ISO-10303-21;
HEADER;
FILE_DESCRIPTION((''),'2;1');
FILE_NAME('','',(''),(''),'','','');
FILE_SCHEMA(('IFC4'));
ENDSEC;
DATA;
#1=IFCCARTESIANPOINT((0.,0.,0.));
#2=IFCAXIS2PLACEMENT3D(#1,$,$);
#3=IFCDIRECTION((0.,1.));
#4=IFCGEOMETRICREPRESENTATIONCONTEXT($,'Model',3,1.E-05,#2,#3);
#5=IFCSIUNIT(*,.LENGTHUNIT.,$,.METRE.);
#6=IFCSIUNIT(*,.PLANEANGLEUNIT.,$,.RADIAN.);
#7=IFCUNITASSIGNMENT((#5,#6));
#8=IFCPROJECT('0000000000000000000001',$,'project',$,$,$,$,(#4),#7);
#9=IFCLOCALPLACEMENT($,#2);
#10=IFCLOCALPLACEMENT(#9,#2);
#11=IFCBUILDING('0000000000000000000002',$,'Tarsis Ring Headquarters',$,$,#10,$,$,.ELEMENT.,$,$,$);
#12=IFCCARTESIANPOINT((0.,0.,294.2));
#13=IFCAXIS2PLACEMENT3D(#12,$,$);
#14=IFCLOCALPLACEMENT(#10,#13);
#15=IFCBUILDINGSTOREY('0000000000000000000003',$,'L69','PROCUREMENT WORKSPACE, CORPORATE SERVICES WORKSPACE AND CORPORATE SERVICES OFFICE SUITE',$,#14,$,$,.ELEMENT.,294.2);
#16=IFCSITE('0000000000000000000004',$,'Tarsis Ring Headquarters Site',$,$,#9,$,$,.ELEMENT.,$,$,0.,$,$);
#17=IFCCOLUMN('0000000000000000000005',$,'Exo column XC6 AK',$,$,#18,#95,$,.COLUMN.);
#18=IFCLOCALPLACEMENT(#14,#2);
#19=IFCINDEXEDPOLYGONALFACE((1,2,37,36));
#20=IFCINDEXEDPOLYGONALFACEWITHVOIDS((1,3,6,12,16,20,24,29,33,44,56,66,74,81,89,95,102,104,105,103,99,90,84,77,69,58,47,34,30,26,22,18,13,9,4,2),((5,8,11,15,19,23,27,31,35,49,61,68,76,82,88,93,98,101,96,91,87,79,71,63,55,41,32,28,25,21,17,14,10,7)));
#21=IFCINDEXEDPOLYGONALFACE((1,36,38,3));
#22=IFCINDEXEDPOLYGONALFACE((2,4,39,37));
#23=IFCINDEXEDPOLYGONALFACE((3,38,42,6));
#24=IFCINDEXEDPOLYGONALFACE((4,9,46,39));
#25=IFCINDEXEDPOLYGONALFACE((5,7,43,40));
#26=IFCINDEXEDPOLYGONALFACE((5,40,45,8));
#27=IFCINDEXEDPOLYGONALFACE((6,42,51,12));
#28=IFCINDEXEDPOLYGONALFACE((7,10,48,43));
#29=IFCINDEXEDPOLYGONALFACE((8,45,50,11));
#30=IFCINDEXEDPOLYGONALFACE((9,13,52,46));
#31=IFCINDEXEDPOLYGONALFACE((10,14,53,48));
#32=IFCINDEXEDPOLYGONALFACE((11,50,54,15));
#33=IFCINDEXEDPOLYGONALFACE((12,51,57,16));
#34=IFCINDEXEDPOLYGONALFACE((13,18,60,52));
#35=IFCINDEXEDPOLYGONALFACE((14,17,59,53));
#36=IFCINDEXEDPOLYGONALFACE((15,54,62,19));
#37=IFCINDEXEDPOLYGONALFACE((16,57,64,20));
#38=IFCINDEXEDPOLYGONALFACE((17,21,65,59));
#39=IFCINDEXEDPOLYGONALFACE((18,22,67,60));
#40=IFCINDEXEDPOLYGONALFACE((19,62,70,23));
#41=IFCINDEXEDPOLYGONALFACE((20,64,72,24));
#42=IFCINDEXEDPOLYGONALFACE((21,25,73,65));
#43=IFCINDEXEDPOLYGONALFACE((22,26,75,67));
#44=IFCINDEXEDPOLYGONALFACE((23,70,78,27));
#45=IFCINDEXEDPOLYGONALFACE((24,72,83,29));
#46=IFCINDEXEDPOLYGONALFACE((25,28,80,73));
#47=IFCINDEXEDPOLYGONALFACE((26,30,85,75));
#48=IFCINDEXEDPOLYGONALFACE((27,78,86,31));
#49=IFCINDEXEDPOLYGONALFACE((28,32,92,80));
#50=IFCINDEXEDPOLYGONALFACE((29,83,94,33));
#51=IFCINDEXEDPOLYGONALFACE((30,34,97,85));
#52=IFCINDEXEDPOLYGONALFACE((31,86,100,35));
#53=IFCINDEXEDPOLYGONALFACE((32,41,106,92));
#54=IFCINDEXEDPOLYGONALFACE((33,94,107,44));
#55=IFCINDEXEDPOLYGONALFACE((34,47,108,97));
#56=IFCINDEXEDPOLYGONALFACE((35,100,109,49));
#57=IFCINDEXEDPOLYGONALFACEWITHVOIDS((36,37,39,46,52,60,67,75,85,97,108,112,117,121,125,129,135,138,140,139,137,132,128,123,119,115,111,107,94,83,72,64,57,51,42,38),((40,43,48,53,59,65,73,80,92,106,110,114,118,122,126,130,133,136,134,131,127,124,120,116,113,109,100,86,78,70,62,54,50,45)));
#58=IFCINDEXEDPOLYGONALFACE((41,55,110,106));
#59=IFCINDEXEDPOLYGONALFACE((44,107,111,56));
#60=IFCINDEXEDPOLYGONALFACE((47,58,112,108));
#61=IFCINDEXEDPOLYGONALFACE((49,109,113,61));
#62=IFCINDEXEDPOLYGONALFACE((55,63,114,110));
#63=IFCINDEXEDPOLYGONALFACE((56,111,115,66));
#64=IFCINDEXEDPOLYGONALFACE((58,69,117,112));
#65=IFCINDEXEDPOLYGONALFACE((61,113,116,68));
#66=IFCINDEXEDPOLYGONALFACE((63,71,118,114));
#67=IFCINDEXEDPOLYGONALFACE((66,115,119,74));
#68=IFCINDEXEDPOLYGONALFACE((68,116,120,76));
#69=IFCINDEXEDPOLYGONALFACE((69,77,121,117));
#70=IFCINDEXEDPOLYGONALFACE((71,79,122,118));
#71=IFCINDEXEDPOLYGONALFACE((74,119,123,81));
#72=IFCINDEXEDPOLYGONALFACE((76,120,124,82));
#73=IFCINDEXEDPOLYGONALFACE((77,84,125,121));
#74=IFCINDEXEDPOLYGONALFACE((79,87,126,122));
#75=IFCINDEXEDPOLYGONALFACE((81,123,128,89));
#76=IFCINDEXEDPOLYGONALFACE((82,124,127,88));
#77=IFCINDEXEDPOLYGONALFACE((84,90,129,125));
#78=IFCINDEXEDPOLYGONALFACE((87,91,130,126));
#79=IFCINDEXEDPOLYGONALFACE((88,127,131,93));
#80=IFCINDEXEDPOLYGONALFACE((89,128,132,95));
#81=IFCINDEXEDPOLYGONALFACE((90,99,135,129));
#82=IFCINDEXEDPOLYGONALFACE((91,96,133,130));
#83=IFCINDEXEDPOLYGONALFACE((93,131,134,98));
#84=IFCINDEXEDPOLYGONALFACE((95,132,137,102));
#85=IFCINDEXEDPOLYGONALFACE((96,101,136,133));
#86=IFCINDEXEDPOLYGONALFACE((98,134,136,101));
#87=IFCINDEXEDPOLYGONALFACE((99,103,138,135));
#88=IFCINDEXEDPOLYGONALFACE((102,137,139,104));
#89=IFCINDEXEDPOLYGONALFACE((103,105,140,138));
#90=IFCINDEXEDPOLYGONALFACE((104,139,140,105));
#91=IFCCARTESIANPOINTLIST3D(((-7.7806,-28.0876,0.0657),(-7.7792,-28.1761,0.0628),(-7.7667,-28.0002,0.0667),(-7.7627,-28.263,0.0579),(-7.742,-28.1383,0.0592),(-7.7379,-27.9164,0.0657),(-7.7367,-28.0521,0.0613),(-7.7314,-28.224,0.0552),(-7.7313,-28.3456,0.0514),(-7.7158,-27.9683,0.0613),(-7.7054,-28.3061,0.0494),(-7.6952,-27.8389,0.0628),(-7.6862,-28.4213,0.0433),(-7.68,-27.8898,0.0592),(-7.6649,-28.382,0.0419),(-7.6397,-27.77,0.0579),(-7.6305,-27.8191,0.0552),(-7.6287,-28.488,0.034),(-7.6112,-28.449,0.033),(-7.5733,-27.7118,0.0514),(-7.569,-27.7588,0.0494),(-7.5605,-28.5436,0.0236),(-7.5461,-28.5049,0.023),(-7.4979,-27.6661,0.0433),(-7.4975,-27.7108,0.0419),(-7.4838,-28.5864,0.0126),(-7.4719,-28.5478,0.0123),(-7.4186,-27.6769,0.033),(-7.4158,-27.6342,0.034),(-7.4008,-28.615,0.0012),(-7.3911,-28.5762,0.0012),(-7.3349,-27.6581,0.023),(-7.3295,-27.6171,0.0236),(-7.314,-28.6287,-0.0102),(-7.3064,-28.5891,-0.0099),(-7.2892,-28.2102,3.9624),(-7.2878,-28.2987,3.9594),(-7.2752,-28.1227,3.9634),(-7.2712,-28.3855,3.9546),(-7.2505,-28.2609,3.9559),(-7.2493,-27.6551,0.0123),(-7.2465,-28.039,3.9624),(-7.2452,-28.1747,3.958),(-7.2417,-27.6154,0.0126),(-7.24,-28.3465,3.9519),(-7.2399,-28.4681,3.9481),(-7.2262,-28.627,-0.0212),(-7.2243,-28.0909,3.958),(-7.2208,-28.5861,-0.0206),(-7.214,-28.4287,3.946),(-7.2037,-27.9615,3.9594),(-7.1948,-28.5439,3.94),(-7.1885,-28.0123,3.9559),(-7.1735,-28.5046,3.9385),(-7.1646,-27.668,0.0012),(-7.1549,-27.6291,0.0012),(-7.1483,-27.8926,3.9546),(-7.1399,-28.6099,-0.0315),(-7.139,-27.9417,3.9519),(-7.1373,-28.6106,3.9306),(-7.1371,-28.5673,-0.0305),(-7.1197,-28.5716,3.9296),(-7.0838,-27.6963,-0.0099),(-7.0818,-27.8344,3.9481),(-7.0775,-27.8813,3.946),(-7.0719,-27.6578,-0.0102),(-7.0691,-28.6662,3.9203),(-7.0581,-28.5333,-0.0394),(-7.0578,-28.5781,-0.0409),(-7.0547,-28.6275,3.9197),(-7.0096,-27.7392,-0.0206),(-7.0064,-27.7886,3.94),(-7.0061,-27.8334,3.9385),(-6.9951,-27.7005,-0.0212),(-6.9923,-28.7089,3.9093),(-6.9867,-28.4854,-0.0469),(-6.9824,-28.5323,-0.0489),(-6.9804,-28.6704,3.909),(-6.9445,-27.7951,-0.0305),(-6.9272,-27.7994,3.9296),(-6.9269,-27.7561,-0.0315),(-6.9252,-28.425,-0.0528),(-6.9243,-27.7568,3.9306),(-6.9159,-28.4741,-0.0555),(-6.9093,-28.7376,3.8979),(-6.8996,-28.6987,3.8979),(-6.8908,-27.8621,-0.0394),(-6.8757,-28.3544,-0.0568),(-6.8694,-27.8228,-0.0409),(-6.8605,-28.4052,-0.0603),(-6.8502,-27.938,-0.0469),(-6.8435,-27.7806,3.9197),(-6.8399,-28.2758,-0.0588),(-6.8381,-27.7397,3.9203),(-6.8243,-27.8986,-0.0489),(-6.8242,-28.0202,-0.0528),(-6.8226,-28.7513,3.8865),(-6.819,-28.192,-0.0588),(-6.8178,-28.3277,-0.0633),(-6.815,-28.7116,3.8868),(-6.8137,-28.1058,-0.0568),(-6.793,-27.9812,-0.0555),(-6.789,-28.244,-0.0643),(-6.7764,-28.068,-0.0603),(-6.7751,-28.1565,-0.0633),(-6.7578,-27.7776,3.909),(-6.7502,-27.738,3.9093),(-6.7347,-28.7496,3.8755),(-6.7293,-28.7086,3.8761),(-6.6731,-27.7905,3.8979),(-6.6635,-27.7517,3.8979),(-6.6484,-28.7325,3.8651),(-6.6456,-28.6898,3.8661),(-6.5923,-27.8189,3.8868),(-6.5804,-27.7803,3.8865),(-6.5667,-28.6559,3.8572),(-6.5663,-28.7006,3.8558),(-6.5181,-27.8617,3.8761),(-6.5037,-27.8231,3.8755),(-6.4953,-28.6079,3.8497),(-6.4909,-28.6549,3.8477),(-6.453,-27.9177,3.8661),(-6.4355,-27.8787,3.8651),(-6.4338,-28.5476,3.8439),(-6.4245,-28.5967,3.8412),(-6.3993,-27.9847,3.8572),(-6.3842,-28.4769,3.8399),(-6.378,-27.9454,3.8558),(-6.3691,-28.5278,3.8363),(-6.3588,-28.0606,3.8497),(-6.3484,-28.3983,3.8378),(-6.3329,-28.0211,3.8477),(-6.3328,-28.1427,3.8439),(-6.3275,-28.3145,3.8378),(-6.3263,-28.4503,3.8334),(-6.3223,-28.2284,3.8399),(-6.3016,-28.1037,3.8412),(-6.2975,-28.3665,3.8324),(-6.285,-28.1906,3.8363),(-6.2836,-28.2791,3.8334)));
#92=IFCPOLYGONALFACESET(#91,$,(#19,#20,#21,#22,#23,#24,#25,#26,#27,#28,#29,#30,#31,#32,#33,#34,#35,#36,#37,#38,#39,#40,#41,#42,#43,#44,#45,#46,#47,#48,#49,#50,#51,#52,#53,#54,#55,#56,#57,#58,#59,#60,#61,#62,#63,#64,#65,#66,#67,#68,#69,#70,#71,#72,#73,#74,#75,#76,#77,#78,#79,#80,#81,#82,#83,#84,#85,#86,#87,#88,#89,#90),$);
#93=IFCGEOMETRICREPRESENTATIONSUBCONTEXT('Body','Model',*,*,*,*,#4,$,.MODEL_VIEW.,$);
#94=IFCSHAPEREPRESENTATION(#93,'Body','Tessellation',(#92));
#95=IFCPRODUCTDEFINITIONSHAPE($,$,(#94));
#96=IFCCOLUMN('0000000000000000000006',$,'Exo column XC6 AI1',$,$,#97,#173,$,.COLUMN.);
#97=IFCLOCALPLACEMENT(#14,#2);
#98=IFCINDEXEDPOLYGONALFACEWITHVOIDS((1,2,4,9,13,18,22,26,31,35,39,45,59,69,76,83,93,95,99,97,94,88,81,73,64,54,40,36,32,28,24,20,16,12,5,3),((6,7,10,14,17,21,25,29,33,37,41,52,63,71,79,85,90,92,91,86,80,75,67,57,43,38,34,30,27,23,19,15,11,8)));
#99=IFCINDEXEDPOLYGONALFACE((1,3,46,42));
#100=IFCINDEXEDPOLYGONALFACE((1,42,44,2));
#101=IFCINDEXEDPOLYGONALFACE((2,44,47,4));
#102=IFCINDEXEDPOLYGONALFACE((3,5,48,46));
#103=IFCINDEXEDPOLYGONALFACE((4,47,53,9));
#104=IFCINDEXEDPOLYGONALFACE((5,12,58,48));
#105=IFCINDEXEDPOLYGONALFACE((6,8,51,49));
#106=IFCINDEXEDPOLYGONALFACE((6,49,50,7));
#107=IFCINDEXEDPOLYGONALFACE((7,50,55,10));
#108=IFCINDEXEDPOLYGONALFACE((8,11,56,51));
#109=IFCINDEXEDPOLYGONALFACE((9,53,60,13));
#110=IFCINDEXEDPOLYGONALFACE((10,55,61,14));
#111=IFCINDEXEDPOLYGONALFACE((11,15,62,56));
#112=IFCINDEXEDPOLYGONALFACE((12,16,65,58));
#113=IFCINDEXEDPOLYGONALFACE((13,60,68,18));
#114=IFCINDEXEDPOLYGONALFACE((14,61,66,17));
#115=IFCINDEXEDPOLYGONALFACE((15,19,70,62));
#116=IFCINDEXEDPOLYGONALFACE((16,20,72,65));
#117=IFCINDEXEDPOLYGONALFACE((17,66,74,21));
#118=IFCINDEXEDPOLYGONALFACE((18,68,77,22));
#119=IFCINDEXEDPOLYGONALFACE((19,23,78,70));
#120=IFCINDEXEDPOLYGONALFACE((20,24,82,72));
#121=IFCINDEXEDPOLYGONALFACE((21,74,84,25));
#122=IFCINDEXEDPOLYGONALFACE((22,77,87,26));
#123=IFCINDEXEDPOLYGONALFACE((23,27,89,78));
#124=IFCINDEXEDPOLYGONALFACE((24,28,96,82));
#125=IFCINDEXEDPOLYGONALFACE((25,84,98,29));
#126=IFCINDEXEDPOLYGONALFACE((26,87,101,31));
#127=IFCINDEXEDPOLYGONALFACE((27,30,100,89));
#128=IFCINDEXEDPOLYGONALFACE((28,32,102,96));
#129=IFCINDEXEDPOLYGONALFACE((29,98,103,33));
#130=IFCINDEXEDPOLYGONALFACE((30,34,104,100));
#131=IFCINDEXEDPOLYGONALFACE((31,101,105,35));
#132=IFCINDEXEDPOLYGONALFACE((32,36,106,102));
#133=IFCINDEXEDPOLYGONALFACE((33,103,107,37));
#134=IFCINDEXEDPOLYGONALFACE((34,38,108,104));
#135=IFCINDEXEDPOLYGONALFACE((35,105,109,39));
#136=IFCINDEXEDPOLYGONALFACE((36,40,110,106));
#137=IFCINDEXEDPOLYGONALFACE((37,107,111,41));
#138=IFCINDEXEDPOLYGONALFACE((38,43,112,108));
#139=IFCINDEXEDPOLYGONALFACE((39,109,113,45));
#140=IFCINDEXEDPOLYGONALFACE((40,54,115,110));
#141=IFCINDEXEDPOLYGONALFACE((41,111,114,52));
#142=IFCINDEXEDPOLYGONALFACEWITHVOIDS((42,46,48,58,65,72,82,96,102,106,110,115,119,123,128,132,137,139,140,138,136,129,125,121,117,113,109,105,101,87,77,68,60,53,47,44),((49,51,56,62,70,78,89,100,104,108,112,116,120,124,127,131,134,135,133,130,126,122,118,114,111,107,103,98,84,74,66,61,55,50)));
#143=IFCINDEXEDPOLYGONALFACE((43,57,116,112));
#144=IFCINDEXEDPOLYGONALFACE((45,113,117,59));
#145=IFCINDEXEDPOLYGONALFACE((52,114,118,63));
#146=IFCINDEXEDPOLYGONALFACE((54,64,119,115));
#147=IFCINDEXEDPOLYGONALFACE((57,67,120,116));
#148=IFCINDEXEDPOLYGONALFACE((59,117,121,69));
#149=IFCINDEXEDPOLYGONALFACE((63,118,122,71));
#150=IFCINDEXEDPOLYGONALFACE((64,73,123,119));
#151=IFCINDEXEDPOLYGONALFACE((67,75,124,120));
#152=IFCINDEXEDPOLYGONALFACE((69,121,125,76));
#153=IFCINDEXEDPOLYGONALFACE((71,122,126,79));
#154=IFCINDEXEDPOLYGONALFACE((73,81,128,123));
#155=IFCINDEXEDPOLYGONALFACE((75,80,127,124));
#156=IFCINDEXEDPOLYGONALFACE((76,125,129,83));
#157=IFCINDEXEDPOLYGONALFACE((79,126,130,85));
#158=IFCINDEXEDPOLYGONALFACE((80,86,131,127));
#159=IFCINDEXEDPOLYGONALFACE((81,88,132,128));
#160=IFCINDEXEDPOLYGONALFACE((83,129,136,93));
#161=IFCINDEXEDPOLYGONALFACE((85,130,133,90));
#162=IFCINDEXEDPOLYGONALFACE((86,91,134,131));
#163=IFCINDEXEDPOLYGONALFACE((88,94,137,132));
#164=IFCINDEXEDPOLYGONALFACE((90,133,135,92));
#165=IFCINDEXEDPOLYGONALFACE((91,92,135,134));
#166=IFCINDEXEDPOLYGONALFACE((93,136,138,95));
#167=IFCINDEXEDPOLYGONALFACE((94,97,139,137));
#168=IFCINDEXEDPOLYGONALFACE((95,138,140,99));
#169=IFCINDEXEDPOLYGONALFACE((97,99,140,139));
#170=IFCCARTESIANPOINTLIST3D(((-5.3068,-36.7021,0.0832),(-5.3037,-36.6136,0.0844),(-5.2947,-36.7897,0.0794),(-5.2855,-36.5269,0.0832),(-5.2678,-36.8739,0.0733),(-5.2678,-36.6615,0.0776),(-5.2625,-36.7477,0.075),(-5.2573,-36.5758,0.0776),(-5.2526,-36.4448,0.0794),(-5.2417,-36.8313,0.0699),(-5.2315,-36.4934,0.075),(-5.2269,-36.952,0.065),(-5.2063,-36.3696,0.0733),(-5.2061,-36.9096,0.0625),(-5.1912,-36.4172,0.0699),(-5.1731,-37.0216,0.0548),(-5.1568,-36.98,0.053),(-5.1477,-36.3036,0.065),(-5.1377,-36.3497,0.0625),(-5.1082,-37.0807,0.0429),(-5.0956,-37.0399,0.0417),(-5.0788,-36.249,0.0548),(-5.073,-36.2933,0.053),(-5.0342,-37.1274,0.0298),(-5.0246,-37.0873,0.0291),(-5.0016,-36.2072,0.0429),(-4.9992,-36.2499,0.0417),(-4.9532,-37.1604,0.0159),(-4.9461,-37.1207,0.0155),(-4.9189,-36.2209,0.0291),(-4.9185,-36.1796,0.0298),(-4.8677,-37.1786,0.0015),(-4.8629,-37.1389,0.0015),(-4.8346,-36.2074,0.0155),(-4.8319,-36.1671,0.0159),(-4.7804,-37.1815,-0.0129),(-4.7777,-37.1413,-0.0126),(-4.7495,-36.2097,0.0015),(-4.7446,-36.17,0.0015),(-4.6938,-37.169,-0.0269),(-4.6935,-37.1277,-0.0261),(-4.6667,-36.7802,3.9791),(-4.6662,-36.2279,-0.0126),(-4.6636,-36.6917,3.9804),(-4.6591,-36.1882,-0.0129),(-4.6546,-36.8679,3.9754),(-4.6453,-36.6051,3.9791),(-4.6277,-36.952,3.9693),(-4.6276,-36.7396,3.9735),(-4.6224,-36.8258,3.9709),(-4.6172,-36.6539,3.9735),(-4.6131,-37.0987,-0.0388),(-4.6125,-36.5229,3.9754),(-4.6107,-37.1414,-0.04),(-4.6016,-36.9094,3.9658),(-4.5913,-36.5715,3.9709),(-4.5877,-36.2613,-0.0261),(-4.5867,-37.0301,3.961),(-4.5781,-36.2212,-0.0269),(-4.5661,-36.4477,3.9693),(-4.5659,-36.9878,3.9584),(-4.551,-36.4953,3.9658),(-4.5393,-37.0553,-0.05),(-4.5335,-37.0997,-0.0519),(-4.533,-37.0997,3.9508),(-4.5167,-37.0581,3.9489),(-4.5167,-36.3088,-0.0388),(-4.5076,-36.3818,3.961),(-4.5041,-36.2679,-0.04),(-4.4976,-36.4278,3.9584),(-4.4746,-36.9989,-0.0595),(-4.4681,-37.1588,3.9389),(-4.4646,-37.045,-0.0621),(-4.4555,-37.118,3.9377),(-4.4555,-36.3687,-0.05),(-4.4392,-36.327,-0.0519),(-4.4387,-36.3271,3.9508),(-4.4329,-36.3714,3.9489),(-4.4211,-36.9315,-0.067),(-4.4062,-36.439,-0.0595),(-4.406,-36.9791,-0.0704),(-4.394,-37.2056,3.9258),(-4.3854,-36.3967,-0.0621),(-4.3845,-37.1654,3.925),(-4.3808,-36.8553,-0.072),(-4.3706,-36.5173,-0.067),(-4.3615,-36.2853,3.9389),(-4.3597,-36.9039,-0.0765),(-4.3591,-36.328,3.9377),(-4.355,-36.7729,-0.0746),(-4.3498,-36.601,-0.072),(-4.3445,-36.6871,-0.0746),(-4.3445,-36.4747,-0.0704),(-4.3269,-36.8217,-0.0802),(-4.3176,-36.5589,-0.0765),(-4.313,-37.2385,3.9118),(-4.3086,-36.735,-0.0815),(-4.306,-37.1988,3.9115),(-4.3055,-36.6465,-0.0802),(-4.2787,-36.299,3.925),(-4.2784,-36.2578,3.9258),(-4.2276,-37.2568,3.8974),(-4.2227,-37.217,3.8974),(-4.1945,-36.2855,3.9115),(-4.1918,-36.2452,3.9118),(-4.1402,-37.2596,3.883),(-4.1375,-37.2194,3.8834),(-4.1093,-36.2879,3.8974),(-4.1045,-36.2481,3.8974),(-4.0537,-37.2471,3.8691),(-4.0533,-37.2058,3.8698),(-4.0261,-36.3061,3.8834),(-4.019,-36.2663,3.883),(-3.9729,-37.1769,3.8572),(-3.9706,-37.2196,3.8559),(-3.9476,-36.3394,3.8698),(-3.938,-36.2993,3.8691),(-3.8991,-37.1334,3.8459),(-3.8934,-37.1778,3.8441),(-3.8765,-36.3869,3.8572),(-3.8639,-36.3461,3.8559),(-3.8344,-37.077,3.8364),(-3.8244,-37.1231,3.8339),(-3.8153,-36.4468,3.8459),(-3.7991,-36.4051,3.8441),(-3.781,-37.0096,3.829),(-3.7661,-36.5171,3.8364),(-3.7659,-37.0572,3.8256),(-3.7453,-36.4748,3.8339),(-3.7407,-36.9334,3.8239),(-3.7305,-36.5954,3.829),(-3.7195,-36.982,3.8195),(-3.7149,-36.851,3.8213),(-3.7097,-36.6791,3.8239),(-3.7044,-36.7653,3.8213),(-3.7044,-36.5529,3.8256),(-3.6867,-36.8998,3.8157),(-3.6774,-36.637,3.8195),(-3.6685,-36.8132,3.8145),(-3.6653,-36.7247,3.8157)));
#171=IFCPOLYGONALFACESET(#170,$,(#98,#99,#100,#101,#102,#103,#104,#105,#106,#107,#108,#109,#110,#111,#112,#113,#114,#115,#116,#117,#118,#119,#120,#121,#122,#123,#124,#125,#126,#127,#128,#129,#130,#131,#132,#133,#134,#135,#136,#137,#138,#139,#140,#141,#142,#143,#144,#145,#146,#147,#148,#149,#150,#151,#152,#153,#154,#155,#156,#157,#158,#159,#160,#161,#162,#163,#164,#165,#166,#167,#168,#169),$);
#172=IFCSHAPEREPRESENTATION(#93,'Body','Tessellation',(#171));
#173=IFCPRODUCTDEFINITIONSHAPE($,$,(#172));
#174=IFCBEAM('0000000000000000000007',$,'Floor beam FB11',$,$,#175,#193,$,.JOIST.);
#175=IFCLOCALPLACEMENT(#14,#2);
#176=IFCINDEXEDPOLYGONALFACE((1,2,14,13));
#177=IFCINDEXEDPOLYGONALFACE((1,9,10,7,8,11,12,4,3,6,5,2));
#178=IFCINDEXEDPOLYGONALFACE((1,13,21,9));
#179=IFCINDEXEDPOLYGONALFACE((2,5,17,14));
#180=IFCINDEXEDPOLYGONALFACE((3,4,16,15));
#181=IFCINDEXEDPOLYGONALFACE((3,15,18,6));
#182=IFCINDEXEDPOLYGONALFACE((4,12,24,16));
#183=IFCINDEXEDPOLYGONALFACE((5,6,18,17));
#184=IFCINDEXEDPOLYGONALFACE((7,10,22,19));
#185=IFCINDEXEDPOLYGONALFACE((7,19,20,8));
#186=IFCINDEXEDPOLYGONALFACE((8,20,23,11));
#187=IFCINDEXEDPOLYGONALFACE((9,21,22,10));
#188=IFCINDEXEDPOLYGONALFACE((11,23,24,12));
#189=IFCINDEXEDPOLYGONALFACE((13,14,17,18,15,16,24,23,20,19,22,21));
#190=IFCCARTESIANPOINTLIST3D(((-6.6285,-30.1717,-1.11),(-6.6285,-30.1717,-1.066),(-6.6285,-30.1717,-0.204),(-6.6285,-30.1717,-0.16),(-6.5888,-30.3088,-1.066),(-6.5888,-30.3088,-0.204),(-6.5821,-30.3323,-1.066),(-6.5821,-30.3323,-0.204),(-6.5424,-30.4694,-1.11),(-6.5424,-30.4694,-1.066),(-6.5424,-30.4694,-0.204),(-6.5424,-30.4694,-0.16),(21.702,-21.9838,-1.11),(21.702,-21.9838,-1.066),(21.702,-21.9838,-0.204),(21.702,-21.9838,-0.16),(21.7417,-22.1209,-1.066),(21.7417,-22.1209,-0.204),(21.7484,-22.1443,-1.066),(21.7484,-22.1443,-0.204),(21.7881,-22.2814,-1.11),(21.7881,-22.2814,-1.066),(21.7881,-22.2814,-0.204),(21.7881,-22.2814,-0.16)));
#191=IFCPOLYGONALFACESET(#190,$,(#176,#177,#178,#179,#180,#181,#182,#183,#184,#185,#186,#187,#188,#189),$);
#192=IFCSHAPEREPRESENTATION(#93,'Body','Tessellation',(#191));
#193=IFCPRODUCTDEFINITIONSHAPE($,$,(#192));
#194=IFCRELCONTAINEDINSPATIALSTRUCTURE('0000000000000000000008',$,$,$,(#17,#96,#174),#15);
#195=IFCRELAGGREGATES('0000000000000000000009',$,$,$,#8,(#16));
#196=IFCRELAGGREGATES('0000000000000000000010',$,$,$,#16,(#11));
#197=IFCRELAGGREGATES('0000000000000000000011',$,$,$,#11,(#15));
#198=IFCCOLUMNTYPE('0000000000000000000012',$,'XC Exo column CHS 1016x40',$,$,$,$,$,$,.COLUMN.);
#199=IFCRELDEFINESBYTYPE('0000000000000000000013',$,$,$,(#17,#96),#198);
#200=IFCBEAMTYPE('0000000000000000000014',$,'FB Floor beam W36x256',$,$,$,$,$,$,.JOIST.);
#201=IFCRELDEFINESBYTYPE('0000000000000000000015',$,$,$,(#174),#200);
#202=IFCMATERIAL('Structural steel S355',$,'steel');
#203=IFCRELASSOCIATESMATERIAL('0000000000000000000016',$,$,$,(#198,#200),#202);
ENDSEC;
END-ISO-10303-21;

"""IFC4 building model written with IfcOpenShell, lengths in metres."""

from ifc_helpers import new_model, si_unit, direction, frame, origin, origin_2d, place, context, subcontext, project, spatial, hollow_circle, i_section, extrude, material, material_profile, profile_set, type_object, element, save


model = new_model("IFC4")

# Units and contexts
model_context = context("Model", 3, precision=1e-05, world=origin(), true_north=direction((0.0, 1.0)))
body_context = subcontext(model_context, "Body", "Model", "MODEL_VIEW")
ifc_project = project(units=[si_unit("LENGTHUNIT", "METRE"), si_unit("PLANEANGLEUNIT", "RADIAN")], contexts=[model_context])

# Site, building, storey
site_placement = place(None, origin())
site = spatial("IfcSite", under=ifc_project, at=site_placement, Name="Tarsis Ring Headquarters Site", CompositionType="ELEMENT", RefElevation=0.0)
building_placement = place(site_placement, origin())
building = spatial("IfcBuilding", under=site, at=building_placement, Name="Tarsis Ring Headquarters", CompositionType="ELEMENT")
storey_placement = place(building_placement, frame((0.0, 0.0, 294.2)))
storey = spatial("IfcBuildingStorey", under=building, at=storey_placement, Name="L69", Description="PROCUREMENT WORKSPACE, CORPORATE SERVICES WORKSPACE AND CORPORATE SERVICES OFFICE SUITE", CompositionType="ELEMENT", Elevation=294.2)

# Columns
ifc_material_1 = material(Name="Structural steel S355", Category="steel")
ifc_material_profile_1 = material_profile(ifc_material_1, hollow_circle(Radius=0.5081, WallThickness=0.04, at=origin_2d()), Name="CHS 1016x40")
ifc_profile_set_1 = profile_set([ifc_material_profile_1], Name="Structural steel S355")
column_type = type_object("IfcColumnType", Name="XC Exo column CHS 1016x40", PredefinedType="COLUMN", material=ifc_profile_set_1)
column_1_placement = place(storey_placement, frame((-7.2778, -28.1221, 0.0012), z_axis=(0.125068, -0.031189, 0.991658), x_axis=(0.241969, 0.970284, 0.0)))
element("IfcColumn", 1, at=column_1_placement, inside=storey, type_object=column_type, Name="Exo column XC6 AK", PredefinedType="COLUMN", context=body_context, shape_type="SweptSolid", body=[
    extrude(hollow_circle(Radius=0.5081, WallThickness=0.04, at=origin_2d()), origin(), (0.0, 0.0, 1.0), 3.9294),
])
column_2_placement = place(storey_placement, frame((-4.8062, -36.6743, 0.0015), z_axis=(0.162101, -0.019783, 0.986576), x_axis=(0.121145, 0.992635, 0.0)))
element("IfcColumn", 2, at=column_2_placement, inside=storey, type_object=column_type, Name="Exo column XC6 AI1", PredefinedType="COLUMN", context=body_context, shape_type="SweptSolid", body=[
    extrude(hollow_circle(Radius=0.5081, WallThickness=0.04, at=origin_2d()), origin(), (0.0, 0.0, 1.0), 3.949),
])

# Beam
ifc_material_profile_2 = material_profile(ifc_material_1, i_section(OverallWidth=0.3098, OverallDepth=0.95, WebThickness=0.0244, FlangeThickness=0.0439, at=origin_2d()), Name="W36x256")
ifc_profile_set_2 = profile_set([ifc_material_profile_2], Name="Structural steel S355")
beam_type_1 = type_object("IfcBeamType", Name="FB Floor beam W36x256", PredefinedType="JOIST", material=ifc_profile_set_2)
for number, where, z_axis, x_axis, name in (
    (3, (-6.5854, -30.3206, -0.635), (0.960682, 0.277652, 0.0), (-0.277652, 0.960682, 0.0), "Floor beam FB11"),
):
    element("IfcBeam", number, at=place(storey_placement, frame(where, z_axis=z_axis, x_axis=x_axis)), inside=storey, type_object=beam_type_1, Name=name, PredefinedType="JOIST", context=body_context, shape_type="SweptSolid", body=[
        extrude(i_section(OverallWidth=0.3098, OverallDepth=0.95, WebThickness=0.0244, FlangeThickness=0.0439, at=origin_2d()), origin(), (0.0, 0.0, 1.0), 29.49),
    ])

save(model, "model.ifc")
